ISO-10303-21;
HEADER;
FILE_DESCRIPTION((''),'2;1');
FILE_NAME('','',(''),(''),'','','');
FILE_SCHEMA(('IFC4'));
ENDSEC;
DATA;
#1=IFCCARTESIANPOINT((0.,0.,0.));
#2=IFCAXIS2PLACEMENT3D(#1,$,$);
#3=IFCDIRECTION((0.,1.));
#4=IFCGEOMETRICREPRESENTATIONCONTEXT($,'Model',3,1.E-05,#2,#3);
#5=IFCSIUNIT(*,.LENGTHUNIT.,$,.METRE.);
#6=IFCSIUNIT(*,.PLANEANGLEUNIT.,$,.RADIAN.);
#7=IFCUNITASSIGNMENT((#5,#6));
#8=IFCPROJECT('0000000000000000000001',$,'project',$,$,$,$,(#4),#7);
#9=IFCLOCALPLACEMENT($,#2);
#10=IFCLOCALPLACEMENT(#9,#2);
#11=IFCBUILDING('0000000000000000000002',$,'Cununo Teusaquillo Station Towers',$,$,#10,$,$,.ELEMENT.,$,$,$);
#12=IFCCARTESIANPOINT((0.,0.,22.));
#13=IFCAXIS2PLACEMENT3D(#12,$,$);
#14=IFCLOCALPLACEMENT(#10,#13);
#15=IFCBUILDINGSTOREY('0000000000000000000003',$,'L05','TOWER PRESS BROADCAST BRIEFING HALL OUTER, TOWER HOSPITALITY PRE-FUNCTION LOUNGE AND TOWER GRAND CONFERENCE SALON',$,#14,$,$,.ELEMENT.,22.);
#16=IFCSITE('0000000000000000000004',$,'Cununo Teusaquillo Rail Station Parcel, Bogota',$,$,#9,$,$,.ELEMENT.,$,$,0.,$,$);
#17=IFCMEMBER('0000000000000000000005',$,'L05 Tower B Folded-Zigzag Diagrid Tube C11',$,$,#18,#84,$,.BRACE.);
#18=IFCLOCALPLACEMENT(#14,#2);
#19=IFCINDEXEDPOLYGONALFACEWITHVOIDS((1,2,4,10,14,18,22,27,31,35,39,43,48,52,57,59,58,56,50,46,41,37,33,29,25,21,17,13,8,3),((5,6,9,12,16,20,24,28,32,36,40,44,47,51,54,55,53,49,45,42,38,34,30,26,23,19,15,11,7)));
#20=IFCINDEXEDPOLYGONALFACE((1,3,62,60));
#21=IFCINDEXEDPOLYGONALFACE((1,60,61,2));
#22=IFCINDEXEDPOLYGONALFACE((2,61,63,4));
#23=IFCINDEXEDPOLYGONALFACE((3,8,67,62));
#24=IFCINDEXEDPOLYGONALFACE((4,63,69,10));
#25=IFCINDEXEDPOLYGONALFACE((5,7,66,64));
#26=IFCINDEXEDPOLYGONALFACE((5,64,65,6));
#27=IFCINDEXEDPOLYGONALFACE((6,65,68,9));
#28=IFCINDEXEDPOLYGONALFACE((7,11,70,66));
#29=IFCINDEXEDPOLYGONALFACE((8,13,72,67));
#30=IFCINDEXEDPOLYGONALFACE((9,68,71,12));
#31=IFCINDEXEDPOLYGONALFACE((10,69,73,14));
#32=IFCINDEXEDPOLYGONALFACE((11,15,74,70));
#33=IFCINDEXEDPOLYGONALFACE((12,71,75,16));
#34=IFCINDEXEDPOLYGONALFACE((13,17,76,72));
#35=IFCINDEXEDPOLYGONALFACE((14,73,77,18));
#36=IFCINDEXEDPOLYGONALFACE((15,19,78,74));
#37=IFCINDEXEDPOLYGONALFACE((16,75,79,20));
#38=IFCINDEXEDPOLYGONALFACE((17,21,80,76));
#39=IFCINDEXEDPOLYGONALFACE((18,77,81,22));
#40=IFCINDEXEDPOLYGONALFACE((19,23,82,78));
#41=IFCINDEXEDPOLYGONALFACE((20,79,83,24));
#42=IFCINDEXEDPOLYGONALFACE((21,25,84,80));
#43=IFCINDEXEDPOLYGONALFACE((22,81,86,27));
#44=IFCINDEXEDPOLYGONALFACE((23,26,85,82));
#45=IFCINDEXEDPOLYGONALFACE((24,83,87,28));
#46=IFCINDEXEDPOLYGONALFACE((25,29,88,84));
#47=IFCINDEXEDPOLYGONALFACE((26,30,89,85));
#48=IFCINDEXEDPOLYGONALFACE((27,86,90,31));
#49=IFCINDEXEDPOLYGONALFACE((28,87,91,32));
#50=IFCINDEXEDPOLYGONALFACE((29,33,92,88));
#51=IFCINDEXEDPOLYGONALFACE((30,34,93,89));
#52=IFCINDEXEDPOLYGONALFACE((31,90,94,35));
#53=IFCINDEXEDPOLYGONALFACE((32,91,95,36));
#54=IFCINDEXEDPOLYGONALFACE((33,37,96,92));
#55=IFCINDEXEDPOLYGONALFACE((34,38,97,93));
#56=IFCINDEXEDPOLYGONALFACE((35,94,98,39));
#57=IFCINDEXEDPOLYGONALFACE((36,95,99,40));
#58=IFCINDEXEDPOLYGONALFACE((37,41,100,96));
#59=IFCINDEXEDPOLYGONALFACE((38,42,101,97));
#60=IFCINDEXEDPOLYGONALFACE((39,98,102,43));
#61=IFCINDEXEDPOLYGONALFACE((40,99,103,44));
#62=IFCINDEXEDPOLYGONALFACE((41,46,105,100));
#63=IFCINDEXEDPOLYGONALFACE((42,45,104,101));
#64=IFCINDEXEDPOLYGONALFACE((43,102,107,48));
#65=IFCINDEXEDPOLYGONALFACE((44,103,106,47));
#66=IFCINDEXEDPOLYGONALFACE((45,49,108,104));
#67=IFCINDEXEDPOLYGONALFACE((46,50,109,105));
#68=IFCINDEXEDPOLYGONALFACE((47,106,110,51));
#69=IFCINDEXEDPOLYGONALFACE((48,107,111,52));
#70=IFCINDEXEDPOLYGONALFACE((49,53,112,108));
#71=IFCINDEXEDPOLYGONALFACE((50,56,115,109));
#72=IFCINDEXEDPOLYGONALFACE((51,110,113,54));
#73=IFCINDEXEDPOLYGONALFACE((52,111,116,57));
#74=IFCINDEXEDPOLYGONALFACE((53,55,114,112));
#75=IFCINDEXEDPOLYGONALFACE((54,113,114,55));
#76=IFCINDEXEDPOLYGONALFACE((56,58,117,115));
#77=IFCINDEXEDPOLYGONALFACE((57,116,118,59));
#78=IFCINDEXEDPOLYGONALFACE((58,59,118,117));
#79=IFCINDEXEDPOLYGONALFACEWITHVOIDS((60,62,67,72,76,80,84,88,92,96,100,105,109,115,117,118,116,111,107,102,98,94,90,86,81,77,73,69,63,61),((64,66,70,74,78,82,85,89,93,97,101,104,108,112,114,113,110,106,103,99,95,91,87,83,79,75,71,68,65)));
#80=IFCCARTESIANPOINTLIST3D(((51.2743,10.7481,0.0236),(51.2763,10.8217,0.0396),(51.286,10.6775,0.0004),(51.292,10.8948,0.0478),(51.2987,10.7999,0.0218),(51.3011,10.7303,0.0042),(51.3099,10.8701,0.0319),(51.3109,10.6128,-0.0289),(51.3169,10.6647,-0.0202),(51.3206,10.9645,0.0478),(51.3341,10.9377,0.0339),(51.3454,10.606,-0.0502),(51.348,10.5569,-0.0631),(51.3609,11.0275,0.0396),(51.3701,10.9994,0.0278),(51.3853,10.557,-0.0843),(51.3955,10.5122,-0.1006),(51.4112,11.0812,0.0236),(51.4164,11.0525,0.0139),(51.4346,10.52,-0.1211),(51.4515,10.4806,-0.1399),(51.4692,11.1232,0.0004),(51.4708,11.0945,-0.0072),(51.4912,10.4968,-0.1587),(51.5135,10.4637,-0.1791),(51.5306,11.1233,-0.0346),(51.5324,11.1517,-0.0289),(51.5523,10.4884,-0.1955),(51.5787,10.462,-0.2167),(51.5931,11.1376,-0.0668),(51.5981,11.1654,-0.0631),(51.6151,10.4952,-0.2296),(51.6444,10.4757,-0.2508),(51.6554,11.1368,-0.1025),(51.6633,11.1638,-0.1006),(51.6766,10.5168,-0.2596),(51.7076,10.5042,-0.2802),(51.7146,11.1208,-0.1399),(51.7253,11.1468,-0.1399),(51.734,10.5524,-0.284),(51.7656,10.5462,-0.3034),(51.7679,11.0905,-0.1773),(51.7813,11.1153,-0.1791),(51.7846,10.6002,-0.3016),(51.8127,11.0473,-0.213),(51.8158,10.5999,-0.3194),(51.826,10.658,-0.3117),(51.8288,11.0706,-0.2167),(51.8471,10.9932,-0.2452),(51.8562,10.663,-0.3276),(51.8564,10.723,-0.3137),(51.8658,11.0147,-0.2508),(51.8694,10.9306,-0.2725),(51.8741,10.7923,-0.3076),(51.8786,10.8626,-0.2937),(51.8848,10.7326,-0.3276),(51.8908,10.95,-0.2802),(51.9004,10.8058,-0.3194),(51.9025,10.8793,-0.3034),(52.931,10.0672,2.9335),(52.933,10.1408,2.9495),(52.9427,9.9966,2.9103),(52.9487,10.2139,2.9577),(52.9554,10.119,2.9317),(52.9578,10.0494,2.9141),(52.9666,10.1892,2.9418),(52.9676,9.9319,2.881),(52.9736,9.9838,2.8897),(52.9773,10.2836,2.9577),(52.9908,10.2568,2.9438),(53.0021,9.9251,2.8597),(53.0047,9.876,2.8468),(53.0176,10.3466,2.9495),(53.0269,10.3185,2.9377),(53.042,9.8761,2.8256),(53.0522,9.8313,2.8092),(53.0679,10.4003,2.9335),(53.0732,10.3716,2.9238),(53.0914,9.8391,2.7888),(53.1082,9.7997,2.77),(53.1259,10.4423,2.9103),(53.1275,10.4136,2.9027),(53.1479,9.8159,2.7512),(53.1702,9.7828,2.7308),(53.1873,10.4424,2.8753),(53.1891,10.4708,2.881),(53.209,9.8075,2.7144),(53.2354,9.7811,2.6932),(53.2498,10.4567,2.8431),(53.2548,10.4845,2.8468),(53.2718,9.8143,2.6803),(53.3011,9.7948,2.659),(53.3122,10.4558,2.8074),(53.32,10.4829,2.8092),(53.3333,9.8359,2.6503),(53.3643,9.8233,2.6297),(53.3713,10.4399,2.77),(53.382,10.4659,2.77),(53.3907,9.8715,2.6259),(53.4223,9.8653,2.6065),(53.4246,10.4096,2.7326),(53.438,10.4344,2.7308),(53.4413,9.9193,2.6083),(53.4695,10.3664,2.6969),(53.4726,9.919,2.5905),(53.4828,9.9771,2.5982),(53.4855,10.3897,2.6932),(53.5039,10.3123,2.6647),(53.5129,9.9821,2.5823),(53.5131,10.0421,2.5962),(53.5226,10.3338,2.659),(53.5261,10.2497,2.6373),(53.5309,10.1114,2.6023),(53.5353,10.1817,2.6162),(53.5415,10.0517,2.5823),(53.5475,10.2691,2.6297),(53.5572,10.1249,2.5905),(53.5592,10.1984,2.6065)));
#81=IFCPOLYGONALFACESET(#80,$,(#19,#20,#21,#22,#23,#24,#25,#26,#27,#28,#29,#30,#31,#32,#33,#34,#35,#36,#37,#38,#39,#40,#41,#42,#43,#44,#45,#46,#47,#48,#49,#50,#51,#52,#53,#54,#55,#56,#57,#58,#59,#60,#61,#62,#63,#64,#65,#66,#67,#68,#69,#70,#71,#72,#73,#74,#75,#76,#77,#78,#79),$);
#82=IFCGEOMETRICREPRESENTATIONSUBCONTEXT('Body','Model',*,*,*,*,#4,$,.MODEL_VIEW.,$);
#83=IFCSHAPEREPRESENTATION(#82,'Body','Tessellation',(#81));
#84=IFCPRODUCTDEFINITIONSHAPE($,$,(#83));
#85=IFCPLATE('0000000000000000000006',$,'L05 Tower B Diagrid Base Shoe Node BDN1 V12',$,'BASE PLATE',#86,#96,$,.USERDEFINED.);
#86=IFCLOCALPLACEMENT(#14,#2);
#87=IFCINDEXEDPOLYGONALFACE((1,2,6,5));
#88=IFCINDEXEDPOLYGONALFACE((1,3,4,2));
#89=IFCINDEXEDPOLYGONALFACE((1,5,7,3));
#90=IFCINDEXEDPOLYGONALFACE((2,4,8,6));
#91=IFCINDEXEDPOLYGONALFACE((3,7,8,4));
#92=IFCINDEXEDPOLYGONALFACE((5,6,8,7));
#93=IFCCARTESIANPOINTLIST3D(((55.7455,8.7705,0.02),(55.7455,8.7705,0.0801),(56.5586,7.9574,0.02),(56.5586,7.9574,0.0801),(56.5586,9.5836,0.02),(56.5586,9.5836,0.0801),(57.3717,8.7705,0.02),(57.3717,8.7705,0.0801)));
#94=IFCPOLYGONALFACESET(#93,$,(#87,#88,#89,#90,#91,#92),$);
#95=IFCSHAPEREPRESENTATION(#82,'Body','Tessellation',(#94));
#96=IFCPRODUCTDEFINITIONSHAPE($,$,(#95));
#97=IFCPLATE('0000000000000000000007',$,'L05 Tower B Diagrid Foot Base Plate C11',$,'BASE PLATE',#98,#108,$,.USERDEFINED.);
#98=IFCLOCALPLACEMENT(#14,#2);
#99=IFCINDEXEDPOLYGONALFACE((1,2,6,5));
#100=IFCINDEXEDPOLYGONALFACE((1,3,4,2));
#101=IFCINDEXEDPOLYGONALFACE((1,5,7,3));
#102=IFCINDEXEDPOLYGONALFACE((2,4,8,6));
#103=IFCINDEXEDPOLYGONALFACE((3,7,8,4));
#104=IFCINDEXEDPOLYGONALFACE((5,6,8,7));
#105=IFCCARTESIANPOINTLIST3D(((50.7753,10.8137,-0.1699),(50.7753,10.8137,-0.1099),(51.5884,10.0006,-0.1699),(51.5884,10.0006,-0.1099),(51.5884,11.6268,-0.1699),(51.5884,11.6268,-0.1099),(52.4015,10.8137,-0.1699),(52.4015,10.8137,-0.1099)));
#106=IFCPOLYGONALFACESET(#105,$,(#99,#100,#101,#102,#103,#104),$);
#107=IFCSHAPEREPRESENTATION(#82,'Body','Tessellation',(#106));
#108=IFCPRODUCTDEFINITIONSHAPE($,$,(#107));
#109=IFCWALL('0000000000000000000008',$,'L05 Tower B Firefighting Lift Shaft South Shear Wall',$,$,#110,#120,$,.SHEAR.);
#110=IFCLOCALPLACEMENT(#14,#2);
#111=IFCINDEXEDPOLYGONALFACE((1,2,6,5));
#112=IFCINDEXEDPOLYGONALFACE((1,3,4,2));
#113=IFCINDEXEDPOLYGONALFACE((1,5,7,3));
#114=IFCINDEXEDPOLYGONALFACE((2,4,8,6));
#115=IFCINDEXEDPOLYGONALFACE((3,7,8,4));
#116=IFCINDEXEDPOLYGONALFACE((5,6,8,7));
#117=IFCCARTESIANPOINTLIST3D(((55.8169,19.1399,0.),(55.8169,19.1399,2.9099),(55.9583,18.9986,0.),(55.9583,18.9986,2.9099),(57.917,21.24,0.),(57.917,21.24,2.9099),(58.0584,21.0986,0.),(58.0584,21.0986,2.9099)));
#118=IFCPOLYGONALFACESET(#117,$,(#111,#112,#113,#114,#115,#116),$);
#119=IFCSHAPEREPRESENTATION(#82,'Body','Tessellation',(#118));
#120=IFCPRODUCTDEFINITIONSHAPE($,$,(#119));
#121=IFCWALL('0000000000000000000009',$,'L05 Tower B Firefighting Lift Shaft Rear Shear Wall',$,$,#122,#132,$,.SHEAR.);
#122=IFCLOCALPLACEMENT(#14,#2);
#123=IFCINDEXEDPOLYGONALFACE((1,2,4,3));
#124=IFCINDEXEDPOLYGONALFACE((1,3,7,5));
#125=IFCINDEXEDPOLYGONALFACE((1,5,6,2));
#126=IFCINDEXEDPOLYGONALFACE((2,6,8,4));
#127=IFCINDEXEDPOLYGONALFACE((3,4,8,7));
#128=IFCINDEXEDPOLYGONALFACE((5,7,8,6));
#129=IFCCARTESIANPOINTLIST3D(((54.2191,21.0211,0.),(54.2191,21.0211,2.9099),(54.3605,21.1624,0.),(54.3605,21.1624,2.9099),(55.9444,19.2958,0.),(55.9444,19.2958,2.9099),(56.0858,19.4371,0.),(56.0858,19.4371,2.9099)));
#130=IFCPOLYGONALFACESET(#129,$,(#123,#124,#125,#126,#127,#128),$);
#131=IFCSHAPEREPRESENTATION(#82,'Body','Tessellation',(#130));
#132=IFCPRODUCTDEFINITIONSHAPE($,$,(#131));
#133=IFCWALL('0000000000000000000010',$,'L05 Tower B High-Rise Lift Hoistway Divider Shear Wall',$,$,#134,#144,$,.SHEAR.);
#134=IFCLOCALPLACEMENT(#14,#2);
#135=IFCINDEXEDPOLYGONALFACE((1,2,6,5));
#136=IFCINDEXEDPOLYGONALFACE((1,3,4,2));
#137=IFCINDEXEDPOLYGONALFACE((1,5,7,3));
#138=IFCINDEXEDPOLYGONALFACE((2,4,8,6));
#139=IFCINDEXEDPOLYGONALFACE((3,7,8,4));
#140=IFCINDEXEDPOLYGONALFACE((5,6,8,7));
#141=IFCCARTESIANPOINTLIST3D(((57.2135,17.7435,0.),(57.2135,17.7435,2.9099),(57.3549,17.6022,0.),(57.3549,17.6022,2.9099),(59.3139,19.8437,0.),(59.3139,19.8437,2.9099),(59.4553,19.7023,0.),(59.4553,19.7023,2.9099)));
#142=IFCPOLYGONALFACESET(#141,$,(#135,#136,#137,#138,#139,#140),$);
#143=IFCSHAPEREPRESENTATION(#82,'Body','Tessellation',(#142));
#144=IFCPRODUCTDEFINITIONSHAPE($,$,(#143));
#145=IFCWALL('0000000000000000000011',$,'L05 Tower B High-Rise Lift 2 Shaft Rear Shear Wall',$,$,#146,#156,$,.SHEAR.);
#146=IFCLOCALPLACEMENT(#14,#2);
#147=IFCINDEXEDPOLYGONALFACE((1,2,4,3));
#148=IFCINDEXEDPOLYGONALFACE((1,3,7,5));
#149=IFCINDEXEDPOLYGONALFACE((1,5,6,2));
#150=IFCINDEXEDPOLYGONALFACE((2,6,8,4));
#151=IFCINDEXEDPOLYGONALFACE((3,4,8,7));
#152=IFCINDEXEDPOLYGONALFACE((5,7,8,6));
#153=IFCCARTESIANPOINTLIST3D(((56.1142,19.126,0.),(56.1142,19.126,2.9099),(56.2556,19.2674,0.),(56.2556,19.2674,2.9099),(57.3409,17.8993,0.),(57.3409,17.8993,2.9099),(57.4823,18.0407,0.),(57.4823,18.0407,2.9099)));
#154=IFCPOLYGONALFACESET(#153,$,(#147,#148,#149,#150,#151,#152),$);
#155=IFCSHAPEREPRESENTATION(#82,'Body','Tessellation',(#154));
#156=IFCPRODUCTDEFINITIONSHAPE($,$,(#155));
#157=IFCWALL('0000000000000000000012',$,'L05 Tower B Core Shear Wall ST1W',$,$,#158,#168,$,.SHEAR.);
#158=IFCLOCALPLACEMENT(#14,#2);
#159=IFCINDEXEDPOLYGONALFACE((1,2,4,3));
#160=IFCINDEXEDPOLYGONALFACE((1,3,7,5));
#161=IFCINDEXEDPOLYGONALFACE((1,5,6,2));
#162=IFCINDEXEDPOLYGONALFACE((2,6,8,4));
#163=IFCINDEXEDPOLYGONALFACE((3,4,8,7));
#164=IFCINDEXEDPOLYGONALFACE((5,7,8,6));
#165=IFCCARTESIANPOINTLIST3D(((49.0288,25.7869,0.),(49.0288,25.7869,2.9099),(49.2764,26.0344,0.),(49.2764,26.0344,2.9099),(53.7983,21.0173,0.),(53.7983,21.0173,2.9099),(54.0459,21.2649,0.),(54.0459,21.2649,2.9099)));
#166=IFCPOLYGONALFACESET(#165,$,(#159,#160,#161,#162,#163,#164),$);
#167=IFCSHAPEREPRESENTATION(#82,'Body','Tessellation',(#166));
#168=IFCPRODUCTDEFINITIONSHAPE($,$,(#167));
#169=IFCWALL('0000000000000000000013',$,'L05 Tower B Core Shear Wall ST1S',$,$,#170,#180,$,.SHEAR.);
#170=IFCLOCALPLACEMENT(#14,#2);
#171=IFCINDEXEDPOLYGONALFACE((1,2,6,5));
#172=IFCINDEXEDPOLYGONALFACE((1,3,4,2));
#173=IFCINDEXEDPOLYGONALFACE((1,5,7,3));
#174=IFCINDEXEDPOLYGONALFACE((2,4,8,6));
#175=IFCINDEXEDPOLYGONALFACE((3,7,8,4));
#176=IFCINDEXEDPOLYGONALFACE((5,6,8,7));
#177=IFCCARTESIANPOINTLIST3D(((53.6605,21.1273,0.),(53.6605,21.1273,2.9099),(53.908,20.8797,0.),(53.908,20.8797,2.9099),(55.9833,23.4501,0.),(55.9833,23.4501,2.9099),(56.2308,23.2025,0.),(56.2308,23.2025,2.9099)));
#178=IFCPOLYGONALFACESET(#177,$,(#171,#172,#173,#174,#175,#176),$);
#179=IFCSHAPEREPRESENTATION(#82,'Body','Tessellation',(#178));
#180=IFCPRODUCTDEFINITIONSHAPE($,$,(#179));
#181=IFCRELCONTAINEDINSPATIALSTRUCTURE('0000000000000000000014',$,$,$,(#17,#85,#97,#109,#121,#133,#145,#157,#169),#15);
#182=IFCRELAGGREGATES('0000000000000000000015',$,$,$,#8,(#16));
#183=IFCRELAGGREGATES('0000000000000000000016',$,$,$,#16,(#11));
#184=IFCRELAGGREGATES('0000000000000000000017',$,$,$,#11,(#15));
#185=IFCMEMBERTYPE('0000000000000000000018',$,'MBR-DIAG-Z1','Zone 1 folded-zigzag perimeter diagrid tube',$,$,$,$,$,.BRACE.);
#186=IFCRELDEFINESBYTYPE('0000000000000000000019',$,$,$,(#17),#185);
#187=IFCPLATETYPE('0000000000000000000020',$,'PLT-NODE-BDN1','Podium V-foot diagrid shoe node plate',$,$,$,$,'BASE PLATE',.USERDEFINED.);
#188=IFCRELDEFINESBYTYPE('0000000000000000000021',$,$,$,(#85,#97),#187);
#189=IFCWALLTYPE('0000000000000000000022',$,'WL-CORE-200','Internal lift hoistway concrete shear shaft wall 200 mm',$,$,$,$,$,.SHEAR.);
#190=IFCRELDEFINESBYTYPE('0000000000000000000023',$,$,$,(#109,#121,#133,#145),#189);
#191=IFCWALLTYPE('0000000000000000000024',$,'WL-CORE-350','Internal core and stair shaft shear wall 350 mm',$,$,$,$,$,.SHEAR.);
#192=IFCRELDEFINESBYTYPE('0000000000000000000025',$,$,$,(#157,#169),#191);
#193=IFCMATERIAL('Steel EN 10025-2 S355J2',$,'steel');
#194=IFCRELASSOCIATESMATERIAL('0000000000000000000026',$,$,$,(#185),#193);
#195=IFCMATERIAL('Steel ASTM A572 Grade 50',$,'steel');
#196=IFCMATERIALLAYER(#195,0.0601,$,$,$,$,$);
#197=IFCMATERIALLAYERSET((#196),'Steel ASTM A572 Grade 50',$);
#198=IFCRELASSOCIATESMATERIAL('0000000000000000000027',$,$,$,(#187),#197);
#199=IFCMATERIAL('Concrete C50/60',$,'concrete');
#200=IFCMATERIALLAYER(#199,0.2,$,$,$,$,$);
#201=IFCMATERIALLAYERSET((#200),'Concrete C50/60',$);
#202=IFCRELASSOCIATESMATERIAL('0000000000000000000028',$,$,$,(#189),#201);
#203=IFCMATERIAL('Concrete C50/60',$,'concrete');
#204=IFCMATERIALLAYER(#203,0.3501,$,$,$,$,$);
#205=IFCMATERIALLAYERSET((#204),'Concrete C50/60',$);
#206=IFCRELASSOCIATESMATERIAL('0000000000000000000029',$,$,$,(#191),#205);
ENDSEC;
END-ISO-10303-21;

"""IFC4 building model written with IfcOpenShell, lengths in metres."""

from ifc_helpers import new_model, si_unit, direction, frame, frame_2d, origin, origin_2d, place, context, subcontext, project, spatial, rectangle, hollow_circle, extrude, source, transform, mapped, material, layer, layer_set, material_profile, profile_set, type_object, element, save


model = new_model("IFC4")

# Units and contexts
model_context = context("Model", 3, precision=1e-05, world=origin(), true_north=direction((0.0, 1.0)))
body_context = subcontext(model_context, "Body", "Model", "MODEL_VIEW")
ifc_project = project(units=[si_unit("LENGTHUNIT", "METRE"), si_unit("PLANEANGLEUNIT", "RADIAN")], contexts=[model_context])

# Site, building, storey
site_placement = place(None, origin())
site = spatial("IfcSite", under=ifc_project, at=site_placement, Name="Cununo Teusaquillo Rail Station Parcel, Bogota", CompositionType="ELEMENT", RefElevation=0.0)
building_placement = place(site_placement, origin())
building = spatial("IfcBuilding", under=site, at=building_placement, Name="Cununo Teusaquillo Station Towers", CompositionType="ELEMENT")
storey_placement = place(building_placement, frame((0.0, 0.0, 22.0)))
storey = spatial("IfcBuildingStorey", under=building, at=storey_placement, Name="L05", Description="TOWER PRESS BROADCAST BRIEFING HALL OUTER, TOWER HOSPITALITY PRE-FUNCTION LOUNGE AND TOWER GRAND CONFERENCE SALON", CompositionType="ELEMENT", Elevation=22.0)

# Member
ifc_material_1 = material(Name="Steel EN 10025-2 S355J2", Category="steel")
ifc_material_profile_1 = material_profile(ifc_material_1, hollow_circle(Radius=0.3601, WallThickness=0.0281, at=origin_2d()), Name="CHS 720x28")
ifc_profile_set_1 = profile_set([ifc_material_profile_1], Name="Steel EN 10025-2 S355J2")
member_type = type_object("IfcMemberType", Name="MBR-DIAG-Z1", Description="Zone 1 folded-zigzag perimeter diagrid tube", PredefinedType="BRACE", material=ifc_profile_set_1)
member_placement = place(storey_placement, frame((51.5884, 10.8137, -0.1399), z_axis=(0.484849, -0.19927, 0.851594), x_axis=(0.38014, 0.924929, 0.0)))
element("IfcMember", 1, at=member_placement, inside=storey, type_object=member_type, Name="L05 Tower B Folded-Zigzag Diagrid Tube C11", PredefinedType="BRACE", context=body_context, shape_type="SweptSolid", body=[
    extrude(hollow_circle(Radius=0.3601, WallThickness=0.0281, at=origin_2d()), origin(), (0.0, 0.0, 1.0), 3.417),
])

# Plates
ifc_material_2 = material(Name="Steel ASTM A572 Grade 50", Category="steel")
ifc_layer_1 = layer(ifc_material_2, 0.0601)
ifc_layer_set_1 = layer_set([ifc_layer_1], Name="Steel ASTM A572 Grade 50")
plate_type = type_object("IfcPlateType", Name="PLT-NODE-BDN1", Description="Podium V-foot diagrid shoe node plate", ElementType="BASE PLATE", PredefinedType="USERDEFINED", material=ifc_layer_set_1)
shared_shape_1 = source(origin(), body_context, "Body", "SweptSolid", [
    extrude(rectangle(XDim=1.1499, YDim=1.1499, at=origin_2d()), origin(), (0.0, 0.0, 1.0), 0.0601),
])
for number, where, z_axis, x_axis, name in (
    (2, (56.5586, 8.7705, 0.02), (0.0, 0.0, 1.0), (0.707107, 0.707107, 0.0), "L05 Tower B Diagrid Base Shoe Node BDN1 V12"),
    (3, (51.5884, 10.8137, -0.1699), (0.0, 0.0, 1.0), (0.707107, 0.707107, 0.0), "L05 Tower B Diagrid Foot Base Plate C11"),
):
    element("IfcPlate", number, at=place(storey_placement, frame(where, z_axis=z_axis, x_axis=x_axis)), inside=storey, type_object=plate_type, Name=name, ObjectType="BASE PLATE", PredefinedType="USERDEFINED", context=body_context, shape_type="MappedRepresentation", body=[
        mapped(shared_shape_1, transform((0.0, 0.0, 0.0), x_axis=(1.0, 0.0, 0.0), y_axis=(0.0, 1.0, 0.0), z_axis=(0.0, 0.0, 1.0), scale=1.0)),
    ])

# Walls
ifc_material_3 = material(Name="Concrete C50/60", Category="concrete")
ifc_layer_2 = layer(ifc_material_3, 0.2)
ifc_layer_set_2 = layer_set([ifc_layer_2], Name="Concrete C50/60")
wall_type_1 = type_object("IfcWallType", Name="WL-CORE-200", Description="Internal lift hoistway concrete shear shaft wall 200 mm", PredefinedType="SHEAR", material=ifc_layer_set_2)
wall_1_placement = place(storey_placement, frame((55.8877, 19.0693, 0.0), z_axis=(0.0, 0.0, 1.0), x_axis=(0.707107, 0.707107, 0.0)))
element("IfcWall", 4, at=wall_1_placement, inside=storey, type_object=wall_type_1, Name="L05 Tower B Firefighting Lift Shaft South Shear Wall", PredefinedType="SHEAR", context=body_context, shape_type="SweptSolid", body=[
    extrude(rectangle(XDim=2.97, YDim=0.2, at=frame_2d((1.4849, 0.0))), origin(), (0.0, 0.0, 1.0), 2.9099),
])
wall_2_placement = place(storey_placement, frame((56.0151, 19.3665, 0.0), z_axis=(0.0, 0.0, 1.0), x_axis=(-0.707107, 0.707107, 0.0)))
element("IfcWall", 5, at=wall_2_placement, inside=storey, type_object=wall_type_1, Name="L05 Tower B Firefighting Lift Shaft Rear Shear Wall", PredefinedType="SHEAR", context=body_context, shape_type="SweptSolid", body=[
    extrude(rectangle(XDim=2.4399, YDim=0.2, at=frame_2d((1.22, 0.0))), origin(), (0.0, 0.0, 1.0), 2.9099),
])
wall_3_placement = place(storey_placement, frame((57.2842, 17.6729, 0.0), z_axis=(0.0, 0.0, 1.0), x_axis=(0.707148, 0.707066, 0.0)))
element("IfcWall", 6, at=wall_3_placement, inside=storey, type_object=wall_type_1, Name="L05 Tower B High-Rise Lift Hoistway Divider Shear Wall", PredefinedType="SHEAR", context=body_context, shape_type="SweptSolid", body=[
    extrude(rectangle(XDim=2.9702, YDim=0.2, at=frame_2d((1.4851, 0.0))), origin(), (0.0, 0.0, 1.0), 2.9099),
])
wall_4_placement = place(storey_placement, frame((57.4116, 17.97, 0.0), z_axis=(0.0, 0.0, 1.0), x_axis=(-0.707107, 0.707107, 0.0)))
element("IfcWall", 7, at=wall_4_placement, inside=storey, type_object=wall_type_1, Name="L05 Tower B High-Rise Lift 2 Shaft Rear Shear Wall", PredefinedType="SHEAR", context=body_context, shape_type="SweptSolid", body=[
    extrude(rectangle(XDim=1.7349, YDim=0.2, at=frame_2d((0.8674, 0.0))), origin(), (0.0, 0.0, 1.0), 2.9099),
])
ifc_material_4 = material(Name="Concrete C50/60", Category="concrete")
ifc_layer_3 = layer(ifc_material_4, 0.3501)
ifc_layer_set_3 = layer_set([ifc_layer_3], Name="Concrete C50/60")
wall_type_2 = type_object("IfcWallType", Name="WL-CORE-350", Description="Internal core and stair shaft shear wall 350 mm", PredefinedType="SHEAR", material=ifc_layer_set_3)
wall_5_placement = place(storey_placement, frame((53.9221, 21.1411, 0.0), z_axis=(0.0, 0.0, 1.0), x_axis=(-0.707107, 0.707107, 0.0)))
element("IfcWall", 8, at=wall_5_placement, inside=storey, type_object=wall_type_2, Name="L05 Tower B Core Shear Wall ST1W", PredefinedType="SHEAR", context=body_context, shape_type="SweptSolid", body=[
    extrude(rectangle(XDim=6.7451, YDim=0.3501, at=frame_2d((3.3726, 0.0))), origin(), (0.0, 0.0, 1.0), 2.9099),
])
wall_6_placement = place(storey_placement, frame((53.7842, 21.0034, 0.0), z_axis=(0.0, 0.0, 1.0), x_axis=(0.707107, 0.707107, 0.0)))
element("IfcWall", 9, at=wall_6_placement, inside=storey, type_object=wall_type_2, Name="L05 Tower B Core Shear Wall ST1S", PredefinedType="SHEAR", context=body_context, shape_type="SweptSolid", body=[
    extrude(rectangle(XDim=3.2849, YDim=0.3501, at=frame_2d((1.6426, 0.0))), origin(), (0.0, 0.0, 1.0), 2.9099),
])

save(model, "model.ifc")
